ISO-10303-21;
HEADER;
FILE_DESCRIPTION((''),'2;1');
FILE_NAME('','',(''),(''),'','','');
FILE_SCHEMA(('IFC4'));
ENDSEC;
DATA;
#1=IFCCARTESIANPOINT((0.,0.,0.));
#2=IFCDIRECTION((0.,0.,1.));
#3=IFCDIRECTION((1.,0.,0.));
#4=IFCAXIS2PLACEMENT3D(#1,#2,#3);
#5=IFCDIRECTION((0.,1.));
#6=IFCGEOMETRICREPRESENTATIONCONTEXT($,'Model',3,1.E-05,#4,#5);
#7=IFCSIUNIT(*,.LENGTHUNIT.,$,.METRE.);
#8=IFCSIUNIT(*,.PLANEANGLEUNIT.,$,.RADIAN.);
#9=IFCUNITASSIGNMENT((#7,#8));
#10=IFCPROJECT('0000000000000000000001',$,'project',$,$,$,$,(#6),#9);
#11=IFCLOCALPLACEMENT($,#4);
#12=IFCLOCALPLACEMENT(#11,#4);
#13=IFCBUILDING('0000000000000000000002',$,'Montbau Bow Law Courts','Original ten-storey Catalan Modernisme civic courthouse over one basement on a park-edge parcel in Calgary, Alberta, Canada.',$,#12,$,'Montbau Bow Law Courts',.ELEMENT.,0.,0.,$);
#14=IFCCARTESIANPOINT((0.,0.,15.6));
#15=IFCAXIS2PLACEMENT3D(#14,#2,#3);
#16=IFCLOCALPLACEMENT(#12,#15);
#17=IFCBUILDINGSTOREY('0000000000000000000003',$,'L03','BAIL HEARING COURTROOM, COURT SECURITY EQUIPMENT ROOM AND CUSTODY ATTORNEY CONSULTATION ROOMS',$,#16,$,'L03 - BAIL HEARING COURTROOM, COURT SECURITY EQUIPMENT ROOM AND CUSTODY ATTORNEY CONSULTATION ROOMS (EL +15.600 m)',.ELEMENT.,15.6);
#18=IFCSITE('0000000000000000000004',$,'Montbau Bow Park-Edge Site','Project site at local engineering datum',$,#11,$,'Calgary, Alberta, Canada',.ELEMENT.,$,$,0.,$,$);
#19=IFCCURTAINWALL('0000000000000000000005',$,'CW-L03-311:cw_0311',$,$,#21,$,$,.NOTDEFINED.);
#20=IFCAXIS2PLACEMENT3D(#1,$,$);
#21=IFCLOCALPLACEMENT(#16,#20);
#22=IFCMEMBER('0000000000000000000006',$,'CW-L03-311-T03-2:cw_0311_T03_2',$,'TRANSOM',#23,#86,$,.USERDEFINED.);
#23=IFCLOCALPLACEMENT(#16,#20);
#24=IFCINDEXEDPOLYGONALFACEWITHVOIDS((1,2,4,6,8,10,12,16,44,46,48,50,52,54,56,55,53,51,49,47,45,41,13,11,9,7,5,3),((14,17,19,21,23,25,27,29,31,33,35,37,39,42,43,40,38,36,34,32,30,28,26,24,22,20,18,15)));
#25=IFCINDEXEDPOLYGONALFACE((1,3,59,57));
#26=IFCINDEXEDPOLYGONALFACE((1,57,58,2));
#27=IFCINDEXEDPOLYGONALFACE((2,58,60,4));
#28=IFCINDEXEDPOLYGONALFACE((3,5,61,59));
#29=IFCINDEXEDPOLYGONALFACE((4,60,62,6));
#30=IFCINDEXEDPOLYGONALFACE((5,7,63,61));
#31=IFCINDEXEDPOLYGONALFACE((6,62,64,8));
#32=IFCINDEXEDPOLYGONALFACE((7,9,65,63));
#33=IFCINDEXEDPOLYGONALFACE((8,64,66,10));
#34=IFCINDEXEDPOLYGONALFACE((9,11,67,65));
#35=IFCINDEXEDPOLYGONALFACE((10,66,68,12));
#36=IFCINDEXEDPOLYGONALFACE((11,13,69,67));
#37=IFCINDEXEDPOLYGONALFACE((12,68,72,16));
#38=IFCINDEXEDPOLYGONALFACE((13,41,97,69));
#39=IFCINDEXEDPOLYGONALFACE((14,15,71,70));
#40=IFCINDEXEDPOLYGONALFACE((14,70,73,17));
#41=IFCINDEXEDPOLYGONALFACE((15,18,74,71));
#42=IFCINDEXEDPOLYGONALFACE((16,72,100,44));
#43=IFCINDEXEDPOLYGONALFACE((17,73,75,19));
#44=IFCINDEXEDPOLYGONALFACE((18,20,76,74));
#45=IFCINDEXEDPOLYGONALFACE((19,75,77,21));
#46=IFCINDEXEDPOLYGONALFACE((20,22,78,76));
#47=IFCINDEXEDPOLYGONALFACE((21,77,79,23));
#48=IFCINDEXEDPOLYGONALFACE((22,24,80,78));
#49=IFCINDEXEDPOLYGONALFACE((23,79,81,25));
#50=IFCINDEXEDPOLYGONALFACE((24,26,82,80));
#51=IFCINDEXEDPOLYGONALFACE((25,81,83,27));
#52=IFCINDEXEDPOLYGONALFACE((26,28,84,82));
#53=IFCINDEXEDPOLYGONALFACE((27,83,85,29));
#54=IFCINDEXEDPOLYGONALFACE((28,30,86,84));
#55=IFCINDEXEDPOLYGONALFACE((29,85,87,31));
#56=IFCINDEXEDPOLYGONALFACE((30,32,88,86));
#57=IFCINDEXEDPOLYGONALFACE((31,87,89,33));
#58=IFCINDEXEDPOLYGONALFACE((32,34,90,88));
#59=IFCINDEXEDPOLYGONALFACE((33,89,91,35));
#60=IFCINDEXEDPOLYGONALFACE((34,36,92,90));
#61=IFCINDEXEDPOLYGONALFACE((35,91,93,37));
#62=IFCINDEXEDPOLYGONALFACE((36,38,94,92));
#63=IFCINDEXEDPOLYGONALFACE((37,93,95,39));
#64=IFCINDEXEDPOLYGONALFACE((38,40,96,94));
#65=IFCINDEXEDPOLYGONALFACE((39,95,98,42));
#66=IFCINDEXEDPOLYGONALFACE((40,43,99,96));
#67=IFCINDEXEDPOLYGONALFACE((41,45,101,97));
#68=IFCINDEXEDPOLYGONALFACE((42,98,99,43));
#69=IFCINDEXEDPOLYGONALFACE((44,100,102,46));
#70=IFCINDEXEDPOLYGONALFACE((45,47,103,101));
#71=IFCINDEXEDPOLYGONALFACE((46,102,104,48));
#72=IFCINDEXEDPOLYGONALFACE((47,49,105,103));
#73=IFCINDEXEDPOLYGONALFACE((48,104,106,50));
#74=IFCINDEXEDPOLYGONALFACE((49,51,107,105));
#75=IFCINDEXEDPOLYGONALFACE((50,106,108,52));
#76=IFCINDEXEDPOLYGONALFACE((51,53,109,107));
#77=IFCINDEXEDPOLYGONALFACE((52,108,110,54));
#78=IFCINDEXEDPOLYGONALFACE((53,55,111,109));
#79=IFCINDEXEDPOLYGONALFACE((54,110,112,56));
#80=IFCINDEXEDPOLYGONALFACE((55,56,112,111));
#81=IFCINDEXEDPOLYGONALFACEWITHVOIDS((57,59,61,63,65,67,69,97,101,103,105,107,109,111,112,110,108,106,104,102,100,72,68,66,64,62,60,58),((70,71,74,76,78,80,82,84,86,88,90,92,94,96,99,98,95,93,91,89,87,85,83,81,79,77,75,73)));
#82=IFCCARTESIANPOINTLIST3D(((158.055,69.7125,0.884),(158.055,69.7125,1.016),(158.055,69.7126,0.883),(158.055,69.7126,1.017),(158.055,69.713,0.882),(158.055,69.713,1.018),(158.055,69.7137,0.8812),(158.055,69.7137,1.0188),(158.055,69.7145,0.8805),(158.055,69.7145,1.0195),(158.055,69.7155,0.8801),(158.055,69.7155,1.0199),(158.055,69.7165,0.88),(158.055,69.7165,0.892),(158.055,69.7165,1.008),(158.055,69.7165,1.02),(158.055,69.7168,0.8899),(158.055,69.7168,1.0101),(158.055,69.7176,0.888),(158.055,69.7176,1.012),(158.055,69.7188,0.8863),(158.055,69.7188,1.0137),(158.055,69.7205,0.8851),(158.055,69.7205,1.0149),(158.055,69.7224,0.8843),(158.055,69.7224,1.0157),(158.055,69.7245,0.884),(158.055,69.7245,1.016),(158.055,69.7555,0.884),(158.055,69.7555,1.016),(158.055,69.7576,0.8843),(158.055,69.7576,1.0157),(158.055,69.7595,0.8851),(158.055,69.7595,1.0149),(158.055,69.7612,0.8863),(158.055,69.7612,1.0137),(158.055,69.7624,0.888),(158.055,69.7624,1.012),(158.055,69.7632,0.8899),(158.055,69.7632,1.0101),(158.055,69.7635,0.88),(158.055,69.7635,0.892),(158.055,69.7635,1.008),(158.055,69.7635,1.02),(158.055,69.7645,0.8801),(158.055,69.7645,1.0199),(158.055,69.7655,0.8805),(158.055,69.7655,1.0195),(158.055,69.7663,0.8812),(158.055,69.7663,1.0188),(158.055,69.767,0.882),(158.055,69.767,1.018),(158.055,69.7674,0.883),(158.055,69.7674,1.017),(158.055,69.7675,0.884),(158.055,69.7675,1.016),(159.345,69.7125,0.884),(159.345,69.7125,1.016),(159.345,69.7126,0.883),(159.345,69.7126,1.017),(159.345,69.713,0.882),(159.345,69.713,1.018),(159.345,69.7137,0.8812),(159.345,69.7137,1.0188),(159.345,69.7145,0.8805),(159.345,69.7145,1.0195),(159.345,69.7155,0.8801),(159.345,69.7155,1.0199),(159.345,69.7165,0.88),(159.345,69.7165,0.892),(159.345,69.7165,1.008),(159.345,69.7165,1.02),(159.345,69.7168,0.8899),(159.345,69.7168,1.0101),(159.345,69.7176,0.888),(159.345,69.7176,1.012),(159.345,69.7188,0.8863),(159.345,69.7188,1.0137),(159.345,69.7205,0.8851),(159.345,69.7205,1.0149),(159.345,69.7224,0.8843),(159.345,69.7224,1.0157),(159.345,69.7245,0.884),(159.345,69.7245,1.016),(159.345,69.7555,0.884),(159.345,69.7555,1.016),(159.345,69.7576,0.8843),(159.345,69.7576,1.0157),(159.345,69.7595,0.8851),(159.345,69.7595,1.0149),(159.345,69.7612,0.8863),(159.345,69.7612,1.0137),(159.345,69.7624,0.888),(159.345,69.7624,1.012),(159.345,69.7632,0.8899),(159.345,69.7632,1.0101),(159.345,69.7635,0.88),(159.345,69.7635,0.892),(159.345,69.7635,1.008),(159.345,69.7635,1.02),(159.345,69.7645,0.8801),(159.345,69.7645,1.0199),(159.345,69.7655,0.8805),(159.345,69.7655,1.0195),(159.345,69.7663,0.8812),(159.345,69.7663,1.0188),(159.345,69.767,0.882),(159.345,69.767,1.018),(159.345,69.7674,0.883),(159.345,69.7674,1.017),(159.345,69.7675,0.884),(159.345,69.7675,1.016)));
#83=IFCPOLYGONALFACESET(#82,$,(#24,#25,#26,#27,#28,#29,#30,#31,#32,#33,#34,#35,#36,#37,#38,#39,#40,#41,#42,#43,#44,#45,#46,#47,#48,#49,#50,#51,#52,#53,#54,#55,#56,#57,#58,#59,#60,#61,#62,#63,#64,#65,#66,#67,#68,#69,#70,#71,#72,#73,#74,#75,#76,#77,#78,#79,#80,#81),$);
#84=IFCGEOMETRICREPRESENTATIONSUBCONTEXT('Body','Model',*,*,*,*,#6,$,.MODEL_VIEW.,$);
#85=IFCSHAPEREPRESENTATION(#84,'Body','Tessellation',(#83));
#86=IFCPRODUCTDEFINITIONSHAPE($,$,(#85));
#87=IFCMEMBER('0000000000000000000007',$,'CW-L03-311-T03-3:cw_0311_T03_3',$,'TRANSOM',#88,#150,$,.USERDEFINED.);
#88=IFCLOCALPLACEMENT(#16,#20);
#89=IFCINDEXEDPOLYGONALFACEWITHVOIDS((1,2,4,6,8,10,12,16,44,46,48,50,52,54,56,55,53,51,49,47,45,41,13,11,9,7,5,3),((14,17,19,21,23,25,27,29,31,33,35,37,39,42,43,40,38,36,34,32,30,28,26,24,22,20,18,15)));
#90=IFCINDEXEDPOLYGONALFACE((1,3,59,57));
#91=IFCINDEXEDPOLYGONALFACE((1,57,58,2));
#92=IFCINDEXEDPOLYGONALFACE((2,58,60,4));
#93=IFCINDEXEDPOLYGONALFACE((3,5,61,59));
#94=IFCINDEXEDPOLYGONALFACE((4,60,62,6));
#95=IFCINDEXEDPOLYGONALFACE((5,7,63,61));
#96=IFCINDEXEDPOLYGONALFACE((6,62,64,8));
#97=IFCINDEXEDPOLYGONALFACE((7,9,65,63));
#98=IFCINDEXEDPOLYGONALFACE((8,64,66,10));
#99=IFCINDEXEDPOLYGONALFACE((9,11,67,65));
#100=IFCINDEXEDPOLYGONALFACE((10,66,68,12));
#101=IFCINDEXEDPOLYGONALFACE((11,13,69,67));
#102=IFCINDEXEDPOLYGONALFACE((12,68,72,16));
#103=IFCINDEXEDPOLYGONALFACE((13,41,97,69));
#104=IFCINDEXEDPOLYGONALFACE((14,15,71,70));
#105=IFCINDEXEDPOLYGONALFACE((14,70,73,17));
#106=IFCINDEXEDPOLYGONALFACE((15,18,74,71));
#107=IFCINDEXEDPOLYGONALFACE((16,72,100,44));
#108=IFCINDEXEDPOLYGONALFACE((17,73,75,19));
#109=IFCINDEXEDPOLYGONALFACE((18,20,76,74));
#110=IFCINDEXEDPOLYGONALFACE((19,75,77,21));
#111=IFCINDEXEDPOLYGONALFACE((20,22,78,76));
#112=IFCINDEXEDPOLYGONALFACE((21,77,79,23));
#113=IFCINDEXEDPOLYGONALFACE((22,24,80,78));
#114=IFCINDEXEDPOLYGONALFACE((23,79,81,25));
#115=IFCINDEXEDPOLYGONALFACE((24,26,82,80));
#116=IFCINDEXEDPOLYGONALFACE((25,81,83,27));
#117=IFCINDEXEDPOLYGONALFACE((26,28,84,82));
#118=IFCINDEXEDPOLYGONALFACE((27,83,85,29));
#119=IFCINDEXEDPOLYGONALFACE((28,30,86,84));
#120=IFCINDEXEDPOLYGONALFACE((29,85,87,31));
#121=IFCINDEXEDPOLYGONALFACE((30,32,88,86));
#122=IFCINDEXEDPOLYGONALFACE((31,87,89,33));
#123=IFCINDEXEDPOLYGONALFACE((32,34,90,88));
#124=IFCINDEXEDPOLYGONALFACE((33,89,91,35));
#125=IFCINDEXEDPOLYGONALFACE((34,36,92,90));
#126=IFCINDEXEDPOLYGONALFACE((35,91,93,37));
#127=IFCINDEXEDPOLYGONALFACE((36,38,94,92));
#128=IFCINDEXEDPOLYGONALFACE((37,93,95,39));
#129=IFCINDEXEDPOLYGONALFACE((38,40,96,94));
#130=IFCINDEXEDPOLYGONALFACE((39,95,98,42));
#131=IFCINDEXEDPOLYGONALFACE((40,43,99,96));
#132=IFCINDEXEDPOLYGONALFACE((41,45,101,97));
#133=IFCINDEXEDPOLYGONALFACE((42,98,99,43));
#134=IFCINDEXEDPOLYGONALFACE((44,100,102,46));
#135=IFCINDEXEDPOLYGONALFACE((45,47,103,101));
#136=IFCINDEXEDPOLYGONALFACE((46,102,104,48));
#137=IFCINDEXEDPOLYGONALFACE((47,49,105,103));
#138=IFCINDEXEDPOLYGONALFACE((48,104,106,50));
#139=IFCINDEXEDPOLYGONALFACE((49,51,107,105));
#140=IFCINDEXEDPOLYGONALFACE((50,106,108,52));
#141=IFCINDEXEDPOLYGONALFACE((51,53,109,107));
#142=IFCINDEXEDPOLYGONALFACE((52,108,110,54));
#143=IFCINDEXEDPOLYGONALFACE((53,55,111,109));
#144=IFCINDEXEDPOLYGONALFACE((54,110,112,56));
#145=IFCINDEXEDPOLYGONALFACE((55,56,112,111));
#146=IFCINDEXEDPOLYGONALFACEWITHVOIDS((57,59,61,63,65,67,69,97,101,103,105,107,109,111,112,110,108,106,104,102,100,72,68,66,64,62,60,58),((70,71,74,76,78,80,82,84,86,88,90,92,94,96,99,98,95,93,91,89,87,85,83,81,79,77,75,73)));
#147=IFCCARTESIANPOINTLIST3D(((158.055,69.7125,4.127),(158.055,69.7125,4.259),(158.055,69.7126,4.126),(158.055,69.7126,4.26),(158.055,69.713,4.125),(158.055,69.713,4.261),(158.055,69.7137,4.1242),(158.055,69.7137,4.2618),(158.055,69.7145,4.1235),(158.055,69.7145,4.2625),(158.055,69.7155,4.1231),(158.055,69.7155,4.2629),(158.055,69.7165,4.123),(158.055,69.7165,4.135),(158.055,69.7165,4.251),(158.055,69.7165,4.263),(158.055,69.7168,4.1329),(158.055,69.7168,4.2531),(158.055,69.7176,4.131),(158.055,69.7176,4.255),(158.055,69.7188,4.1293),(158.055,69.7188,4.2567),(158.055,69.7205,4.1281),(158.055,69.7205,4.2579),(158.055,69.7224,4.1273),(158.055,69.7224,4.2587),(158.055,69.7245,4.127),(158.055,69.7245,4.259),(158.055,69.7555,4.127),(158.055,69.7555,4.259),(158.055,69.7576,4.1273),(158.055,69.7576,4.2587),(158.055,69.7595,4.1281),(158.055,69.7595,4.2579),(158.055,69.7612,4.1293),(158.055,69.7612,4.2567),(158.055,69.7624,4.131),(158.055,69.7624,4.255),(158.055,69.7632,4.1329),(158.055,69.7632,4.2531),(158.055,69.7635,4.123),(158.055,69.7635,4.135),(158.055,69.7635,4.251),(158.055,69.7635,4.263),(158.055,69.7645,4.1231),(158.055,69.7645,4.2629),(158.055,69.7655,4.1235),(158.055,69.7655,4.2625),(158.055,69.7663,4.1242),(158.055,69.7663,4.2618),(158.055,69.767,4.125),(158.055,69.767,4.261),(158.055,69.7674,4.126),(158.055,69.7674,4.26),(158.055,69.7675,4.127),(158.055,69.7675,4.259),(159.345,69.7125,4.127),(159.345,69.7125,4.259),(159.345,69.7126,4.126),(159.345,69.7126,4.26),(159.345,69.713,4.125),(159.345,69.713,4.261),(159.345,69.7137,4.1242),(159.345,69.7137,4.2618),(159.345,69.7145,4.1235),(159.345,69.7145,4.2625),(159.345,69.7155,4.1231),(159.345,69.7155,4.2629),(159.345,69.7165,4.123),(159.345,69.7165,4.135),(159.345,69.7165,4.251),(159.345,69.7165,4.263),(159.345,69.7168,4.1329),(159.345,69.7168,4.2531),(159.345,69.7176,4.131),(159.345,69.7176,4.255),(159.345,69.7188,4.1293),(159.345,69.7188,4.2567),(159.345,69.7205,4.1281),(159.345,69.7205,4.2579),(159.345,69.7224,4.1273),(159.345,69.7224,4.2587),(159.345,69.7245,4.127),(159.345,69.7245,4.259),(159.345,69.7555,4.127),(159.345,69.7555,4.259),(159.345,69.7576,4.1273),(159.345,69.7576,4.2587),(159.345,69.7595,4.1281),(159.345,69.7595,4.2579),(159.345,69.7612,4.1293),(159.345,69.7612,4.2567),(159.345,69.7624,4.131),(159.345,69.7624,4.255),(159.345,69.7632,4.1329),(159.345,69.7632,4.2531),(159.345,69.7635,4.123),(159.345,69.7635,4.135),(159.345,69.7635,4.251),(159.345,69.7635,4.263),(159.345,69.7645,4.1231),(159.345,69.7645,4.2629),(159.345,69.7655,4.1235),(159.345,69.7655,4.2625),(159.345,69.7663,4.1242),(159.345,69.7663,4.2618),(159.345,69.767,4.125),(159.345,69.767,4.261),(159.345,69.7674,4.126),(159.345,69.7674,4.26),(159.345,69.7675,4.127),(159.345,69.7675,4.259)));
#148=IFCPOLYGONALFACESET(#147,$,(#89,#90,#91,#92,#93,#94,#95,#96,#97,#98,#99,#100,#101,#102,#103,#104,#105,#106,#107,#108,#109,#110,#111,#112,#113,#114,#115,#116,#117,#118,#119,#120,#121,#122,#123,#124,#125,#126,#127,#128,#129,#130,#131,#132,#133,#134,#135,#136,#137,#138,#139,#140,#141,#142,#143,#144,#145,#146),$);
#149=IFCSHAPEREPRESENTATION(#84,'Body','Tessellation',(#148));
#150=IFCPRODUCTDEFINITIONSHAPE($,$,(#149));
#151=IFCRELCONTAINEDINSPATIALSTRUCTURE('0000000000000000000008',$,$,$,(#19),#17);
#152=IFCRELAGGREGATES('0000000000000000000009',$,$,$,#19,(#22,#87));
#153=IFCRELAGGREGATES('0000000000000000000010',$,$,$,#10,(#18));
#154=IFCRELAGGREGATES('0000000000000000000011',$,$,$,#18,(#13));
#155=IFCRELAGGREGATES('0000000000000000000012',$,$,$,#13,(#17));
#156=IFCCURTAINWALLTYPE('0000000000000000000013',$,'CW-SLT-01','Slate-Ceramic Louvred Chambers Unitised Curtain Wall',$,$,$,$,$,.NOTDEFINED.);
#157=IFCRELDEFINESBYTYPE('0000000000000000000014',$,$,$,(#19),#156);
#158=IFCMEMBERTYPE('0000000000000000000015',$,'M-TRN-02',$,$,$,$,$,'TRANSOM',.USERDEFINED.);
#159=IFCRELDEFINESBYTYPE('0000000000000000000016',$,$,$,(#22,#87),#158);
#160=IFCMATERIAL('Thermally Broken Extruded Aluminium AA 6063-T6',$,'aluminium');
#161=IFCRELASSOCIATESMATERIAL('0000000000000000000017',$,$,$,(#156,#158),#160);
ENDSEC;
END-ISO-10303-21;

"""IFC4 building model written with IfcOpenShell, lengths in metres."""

from ifc_helpers import new_model, si_unit, direction, frame, origin_with_axes, origin_2d_with_axis, place, context, subcontext, project, spatial, hollow_rectangle, extrude, material, material_profile, profile_set, type_object, element, aggregate, save


model = new_model("IFC4")

# Units and contexts
model_context = context("Model", 3, precision=1e-05, world=origin_with_axes(), true_north=direction((0.0, 1.0)))
body_context = subcontext(model_context, "Body", "Model", "MODEL_VIEW")
ifc_project = project(units=[si_unit("LENGTHUNIT", "METRE"), si_unit("PLANEANGLEUNIT", "RADIAN")], contexts=[model_context])

# Site, building, storey
site_placement = place(None, origin_with_axes())
site = spatial("IfcSite", under=ifc_project, at=site_placement, Name="Montbau Bow Park-Edge Site", Description="Project site at local engineering datum", LongName="Calgary, Alberta, Canada", CompositionType="ELEMENT", RefElevation=0.0)
building_placement = place(site_placement, origin_with_axes())
building = spatial("IfcBuilding", under=site, at=building_placement, Name="Montbau Bow Law Courts", Description="Original ten-storey Catalan Modernisme civic courthouse over one basement on a park-edge parcel in Calgary, Alberta, Canada.", LongName="Montbau Bow Law Courts", CompositionType="ELEMENT", ElevationOfRefHeight=0.0, ElevationOfTerrain=0.0)
storey_placement = place(building_placement, frame((0.0, 0.0, 15.6), z_axis=(0.0, 0.0, 1.0), x_axis=(1.0, 0.0, 0.0)))
storey = spatial("IfcBuildingStorey", under=building, at=storey_placement, Name="L03", Description="BAIL HEARING COURTROOM, COURT SECURITY EQUIPMENT ROOM AND CUSTODY ATTORNEY CONSULTATION ROOMS", LongName="L03 - BAIL HEARING COURTROOM, COURT SECURITY EQUIPMENT ROOM AND CUSTODY ATTORNEY CONSULTATION ROOMS (EL +15.600 m)", CompositionType="ELEMENT", Elevation=15.6)

# Curtain wall, members
ifc_material_1 = material(Name="Thermally Broken Extruded Aluminium AA 6063-T6", Category="aluminium")
curtain_wall_type = type_object("IfcCurtainWallType", Name="CW-SLT-01", Description="Slate-Ceramic Louvred Chambers Unitised Curtain Wall", PredefinedType="NOTDEFINED", material=ifc_material_1)
curtain_wall_placement = place(None, frame((155.315, 69.74, 15.6), z_axis=(0.0, 0.0, 1.0), x_axis=(1.0, 0.0, 0.0)))
curtain_wall = element("IfcCurtainWall", 1, at=curtain_wall_placement, inside=storey, type_object=curtain_wall_type, Name="CW-L03-311:cw_0311", PredefinedType="NOTDEFINED")
ifc_material_profile_1 = material_profile(ifc_material_1, hollow_rectangle(XDim=0.055, YDim=0.14, WallThickness=0.004, InnerFilletRadius=0.008, OuterFilletRadius=0.004, at=origin_2d_with_axis()), Name="CWT-140X55", Category="Main", Priority=0)
ifc_profile_set_1 = profile_set([ifc_material_profile_1], Name="Thermally Broken Extruded Aluminium AA 6063-T6")
member_type_1 = type_object("IfcMemberType", Name="M-TRN-02", ElementType="TRANSOM", PredefinedType="USERDEFINED", material=ifc_profile_set_1)
member_1_placement = place(None, frame((158.055, 69.74, 16.55), z_axis=(1.0, 0.0, 0.0), x_axis=(0.0, 1.0, 0.0)))
member_1 = element("IfcMember", 2, at=member_1_placement, type_object=member_type_1, Name="CW-L03-311-T03-2:cw_0311_T03_2", ObjectType="TRANSOM", PredefinedType="USERDEFINED", context=body_context, shape_type="SweptSolid", body=[
    extrude(hollow_rectangle(XDim=0.055, YDim=0.14, WallThickness=0.004, InnerFilletRadius=0.008, OuterFilletRadius=0.004, at=origin_2d_with_axis()), origin_with_axes(), (0.0, 0.0, 1.0), 1.29),
])
member_2_placement = place(None, frame((158.055, 69.74, 19.793), z_axis=(1.0, 0.0, 0.0), x_axis=(0.0, 1.0, 0.0)))
member_2 = element("IfcMember", 3, at=member_2_placement, type_object=member_type_1, Name="CW-L03-311-T03-3:cw_0311_T03_3", ObjectType="TRANSOM", PredefinedType="USERDEFINED", context=body_context, shape_type="SweptSolid", body=[
    extrude(hollow_rectangle(XDim=0.055, YDim=0.14, WallThickness=0.004, InnerFilletRadius=0.008, OuterFilletRadius=0.004, at=origin_2d_with_axis()), origin_with_axes(), (0.0, 0.0, 1.0), 1.29),
])
aggregate(curtain_wall, [member_1, member_2])

save(model, "model.ifc")
